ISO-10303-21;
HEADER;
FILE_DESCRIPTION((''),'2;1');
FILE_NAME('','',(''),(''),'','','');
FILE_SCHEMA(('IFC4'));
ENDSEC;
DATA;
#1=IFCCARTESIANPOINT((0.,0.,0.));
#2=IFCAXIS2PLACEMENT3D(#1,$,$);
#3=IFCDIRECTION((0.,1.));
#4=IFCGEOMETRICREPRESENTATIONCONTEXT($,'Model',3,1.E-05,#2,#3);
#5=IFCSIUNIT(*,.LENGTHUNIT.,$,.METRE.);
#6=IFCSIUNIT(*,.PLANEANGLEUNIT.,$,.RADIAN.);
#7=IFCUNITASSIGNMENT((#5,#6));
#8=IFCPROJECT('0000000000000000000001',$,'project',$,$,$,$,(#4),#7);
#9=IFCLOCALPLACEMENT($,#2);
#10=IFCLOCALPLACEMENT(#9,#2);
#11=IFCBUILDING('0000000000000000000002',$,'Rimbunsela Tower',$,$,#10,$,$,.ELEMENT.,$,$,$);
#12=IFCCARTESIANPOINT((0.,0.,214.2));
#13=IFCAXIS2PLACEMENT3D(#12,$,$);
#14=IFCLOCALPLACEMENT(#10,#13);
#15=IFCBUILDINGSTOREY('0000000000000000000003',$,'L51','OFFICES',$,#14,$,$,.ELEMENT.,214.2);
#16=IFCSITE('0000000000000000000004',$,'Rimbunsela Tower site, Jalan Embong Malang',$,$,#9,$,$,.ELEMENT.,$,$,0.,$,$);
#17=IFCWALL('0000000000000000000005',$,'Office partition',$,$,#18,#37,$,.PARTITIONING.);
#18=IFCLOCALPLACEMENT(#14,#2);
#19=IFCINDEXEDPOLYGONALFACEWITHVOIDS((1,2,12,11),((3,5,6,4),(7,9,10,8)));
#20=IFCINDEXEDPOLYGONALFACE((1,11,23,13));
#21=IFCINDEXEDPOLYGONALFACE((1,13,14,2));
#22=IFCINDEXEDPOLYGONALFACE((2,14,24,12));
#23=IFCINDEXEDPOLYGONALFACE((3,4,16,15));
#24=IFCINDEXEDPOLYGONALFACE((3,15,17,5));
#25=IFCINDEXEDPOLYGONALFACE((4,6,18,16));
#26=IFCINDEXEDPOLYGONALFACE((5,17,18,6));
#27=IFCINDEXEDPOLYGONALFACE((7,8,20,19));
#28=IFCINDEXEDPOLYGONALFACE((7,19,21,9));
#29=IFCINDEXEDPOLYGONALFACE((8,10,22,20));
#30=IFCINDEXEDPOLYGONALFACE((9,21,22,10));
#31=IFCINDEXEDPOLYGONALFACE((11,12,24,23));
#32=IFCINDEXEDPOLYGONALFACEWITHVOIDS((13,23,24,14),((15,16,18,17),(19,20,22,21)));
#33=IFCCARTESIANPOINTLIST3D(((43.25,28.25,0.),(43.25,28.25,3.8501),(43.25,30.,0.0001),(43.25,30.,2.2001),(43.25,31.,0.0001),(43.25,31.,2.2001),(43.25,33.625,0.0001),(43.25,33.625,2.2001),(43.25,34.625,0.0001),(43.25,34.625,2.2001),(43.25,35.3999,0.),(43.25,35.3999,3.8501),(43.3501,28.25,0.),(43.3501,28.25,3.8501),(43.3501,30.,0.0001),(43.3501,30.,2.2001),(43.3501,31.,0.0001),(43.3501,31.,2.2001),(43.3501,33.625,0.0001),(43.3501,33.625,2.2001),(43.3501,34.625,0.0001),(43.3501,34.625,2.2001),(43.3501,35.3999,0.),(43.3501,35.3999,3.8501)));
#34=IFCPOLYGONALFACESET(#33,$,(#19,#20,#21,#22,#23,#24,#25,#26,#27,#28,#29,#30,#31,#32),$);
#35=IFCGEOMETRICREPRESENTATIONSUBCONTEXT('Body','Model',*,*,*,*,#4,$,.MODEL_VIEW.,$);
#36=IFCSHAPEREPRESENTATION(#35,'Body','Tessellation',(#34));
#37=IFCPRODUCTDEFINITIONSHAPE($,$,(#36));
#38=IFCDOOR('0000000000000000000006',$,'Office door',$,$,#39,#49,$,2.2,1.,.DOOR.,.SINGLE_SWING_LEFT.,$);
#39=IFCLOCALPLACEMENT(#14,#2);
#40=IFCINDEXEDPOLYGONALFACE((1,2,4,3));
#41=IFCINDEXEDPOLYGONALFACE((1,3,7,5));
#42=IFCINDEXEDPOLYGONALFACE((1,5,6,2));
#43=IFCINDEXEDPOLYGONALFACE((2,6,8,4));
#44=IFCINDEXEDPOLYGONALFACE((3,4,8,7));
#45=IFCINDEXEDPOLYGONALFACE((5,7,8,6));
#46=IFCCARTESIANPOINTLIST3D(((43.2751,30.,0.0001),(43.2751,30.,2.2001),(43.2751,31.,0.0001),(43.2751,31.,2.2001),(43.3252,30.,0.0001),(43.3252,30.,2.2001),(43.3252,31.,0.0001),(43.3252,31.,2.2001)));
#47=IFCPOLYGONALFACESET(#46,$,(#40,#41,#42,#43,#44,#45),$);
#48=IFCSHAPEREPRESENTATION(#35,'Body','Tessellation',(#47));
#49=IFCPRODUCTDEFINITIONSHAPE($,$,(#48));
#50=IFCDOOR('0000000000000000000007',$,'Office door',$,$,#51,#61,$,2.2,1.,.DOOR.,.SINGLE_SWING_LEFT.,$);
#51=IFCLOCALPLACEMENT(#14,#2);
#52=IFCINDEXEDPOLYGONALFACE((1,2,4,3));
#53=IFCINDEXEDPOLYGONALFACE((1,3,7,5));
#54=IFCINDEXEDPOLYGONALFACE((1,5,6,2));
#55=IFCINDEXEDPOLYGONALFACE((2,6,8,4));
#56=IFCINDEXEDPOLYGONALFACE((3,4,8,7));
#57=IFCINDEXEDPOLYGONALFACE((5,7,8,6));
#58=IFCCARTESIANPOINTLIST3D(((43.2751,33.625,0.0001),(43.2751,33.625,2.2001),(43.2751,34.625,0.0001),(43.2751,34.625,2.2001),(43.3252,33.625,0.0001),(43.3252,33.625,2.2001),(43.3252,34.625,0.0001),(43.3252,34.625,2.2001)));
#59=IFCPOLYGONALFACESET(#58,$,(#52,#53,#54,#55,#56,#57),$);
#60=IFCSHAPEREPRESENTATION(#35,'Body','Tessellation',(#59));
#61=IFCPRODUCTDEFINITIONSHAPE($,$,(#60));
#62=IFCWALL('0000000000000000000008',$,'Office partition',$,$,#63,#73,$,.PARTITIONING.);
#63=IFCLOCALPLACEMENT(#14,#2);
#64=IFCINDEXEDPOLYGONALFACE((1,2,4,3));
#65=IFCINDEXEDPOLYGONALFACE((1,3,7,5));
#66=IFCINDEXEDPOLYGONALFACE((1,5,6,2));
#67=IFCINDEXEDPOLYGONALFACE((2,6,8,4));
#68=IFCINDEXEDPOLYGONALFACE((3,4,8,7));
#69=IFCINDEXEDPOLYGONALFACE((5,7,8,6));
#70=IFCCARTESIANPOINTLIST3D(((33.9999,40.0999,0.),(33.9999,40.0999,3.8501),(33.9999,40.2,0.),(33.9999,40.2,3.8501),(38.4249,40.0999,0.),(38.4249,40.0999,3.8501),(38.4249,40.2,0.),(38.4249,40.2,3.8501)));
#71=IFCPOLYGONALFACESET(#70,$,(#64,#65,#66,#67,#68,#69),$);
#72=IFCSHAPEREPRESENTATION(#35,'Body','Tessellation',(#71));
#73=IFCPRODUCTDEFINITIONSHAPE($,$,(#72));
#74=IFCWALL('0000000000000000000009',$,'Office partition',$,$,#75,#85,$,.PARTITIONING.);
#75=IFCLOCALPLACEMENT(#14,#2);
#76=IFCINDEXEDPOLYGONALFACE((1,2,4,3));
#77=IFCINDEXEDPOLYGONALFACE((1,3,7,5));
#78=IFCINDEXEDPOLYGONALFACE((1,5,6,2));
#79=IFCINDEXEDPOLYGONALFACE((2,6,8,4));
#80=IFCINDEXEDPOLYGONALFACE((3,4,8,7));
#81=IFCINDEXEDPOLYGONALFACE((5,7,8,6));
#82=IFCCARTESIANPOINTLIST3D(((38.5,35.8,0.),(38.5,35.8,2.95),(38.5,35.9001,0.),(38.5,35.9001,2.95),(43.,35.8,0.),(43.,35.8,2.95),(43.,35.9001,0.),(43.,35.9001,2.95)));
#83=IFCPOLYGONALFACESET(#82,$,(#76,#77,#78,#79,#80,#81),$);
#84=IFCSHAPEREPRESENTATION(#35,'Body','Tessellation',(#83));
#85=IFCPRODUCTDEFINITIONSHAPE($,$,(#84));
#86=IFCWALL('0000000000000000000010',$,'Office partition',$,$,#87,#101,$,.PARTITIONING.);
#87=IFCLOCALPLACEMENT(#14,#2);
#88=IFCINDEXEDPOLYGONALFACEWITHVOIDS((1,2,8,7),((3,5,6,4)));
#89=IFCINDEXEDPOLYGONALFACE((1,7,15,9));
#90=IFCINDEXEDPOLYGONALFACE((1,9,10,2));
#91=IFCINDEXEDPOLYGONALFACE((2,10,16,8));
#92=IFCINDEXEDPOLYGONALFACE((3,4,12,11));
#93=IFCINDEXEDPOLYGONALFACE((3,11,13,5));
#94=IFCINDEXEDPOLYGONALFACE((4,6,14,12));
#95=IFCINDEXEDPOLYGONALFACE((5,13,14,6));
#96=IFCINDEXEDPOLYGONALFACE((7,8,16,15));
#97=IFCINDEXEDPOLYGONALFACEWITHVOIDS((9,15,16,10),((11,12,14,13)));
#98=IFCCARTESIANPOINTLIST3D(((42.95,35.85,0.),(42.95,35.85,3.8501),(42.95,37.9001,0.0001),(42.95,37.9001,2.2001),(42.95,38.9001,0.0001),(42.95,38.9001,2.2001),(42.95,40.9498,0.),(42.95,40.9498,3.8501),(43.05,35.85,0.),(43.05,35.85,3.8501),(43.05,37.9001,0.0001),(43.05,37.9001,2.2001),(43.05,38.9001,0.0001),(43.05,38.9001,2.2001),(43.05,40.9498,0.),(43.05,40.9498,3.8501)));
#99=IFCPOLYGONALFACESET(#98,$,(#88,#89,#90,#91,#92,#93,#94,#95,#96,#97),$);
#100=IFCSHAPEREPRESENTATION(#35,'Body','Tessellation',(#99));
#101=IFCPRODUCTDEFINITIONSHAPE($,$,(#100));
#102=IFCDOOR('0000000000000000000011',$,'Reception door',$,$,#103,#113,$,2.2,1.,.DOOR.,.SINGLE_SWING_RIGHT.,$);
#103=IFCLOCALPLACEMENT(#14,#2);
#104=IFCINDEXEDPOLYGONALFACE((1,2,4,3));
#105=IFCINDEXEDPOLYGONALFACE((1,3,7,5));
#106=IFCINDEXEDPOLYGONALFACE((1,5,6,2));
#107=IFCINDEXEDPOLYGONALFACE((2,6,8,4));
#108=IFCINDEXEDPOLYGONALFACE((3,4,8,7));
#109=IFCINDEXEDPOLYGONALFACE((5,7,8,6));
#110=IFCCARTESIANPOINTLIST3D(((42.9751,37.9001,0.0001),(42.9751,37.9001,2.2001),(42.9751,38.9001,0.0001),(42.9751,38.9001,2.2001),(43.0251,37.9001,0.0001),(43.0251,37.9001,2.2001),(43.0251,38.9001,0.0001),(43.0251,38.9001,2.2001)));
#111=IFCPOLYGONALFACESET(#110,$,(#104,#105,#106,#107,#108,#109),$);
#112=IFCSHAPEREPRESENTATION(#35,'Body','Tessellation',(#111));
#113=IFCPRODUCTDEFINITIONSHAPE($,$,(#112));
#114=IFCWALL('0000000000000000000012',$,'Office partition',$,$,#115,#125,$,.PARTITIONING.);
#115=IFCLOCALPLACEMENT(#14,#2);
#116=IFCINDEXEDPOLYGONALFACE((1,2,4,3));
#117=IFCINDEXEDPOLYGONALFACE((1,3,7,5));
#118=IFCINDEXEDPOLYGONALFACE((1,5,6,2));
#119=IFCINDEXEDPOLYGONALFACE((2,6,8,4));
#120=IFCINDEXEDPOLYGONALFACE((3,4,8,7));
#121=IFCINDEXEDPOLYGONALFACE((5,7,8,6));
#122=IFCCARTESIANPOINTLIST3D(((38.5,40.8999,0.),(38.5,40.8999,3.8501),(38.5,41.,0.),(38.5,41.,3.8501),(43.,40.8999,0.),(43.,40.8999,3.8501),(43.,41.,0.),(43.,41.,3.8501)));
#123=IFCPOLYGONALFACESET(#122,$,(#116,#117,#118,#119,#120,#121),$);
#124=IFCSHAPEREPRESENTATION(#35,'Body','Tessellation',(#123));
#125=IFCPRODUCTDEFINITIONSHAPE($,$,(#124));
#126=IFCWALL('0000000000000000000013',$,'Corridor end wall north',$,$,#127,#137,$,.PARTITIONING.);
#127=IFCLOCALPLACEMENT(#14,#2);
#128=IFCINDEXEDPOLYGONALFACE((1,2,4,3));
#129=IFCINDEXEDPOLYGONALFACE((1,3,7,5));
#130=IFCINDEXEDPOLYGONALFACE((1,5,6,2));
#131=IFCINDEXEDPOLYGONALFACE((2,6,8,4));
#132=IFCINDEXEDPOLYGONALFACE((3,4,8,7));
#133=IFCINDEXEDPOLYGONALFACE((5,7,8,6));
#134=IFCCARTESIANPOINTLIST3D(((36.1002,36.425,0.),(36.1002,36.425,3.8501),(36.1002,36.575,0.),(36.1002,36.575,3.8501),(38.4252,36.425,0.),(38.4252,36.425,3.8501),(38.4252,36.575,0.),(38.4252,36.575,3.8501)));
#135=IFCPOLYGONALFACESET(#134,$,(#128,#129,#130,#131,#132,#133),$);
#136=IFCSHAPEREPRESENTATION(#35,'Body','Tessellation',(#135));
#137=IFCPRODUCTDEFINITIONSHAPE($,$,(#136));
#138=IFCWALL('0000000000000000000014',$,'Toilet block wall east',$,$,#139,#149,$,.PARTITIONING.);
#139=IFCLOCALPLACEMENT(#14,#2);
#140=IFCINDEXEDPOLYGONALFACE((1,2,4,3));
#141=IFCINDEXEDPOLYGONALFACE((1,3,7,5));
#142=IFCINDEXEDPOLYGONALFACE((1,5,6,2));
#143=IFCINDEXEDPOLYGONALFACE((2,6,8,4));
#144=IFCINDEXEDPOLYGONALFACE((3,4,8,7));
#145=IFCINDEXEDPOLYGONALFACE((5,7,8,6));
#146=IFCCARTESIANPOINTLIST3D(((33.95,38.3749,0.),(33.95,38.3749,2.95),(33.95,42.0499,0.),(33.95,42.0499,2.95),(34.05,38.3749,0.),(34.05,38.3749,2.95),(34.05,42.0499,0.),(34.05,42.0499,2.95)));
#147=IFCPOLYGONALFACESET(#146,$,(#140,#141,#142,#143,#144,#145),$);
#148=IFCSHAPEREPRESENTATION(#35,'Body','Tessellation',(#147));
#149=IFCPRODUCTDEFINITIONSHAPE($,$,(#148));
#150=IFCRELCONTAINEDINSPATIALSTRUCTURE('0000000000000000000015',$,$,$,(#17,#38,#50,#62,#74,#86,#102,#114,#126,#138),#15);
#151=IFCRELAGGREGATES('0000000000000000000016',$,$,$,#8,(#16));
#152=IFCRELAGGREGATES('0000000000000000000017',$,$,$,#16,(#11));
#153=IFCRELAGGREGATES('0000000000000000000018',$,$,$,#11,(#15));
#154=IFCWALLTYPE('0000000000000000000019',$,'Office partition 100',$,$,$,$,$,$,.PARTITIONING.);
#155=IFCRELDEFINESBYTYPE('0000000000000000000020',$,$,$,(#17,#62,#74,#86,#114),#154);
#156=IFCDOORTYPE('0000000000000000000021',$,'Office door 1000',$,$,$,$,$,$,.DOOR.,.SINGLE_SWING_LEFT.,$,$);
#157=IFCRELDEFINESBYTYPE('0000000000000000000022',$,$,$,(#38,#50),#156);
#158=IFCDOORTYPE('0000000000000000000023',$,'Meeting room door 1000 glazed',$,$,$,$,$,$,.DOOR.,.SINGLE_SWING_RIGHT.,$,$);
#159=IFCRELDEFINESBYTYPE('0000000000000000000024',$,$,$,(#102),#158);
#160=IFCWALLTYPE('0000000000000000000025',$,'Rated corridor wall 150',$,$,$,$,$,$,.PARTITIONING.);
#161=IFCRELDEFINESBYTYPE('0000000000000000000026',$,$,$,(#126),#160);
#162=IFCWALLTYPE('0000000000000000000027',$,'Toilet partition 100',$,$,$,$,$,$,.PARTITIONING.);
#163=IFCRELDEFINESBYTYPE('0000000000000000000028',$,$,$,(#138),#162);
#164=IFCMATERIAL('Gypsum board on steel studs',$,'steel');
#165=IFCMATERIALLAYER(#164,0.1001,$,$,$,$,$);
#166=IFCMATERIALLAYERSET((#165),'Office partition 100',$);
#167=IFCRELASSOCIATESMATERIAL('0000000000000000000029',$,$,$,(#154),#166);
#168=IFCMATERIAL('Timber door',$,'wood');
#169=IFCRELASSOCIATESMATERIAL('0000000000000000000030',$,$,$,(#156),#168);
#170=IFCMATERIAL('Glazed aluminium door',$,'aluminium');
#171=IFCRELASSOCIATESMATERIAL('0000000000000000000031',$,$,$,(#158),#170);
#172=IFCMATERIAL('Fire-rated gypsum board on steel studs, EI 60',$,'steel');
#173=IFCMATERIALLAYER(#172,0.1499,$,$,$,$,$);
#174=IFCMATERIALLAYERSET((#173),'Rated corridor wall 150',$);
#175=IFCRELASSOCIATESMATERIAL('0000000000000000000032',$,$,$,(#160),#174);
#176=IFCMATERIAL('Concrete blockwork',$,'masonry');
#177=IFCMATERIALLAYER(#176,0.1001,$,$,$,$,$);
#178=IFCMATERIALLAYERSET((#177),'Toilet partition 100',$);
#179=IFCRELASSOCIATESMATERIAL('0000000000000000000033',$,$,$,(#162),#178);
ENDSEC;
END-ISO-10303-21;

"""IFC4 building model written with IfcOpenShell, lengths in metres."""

from ifc_helpers import new_model, si_unit, direction, frame, frame_2d, origin, place, context, subcontext, project, spatial, rectangle, extrude, material, layer, layer_set, type_object, element, fill, save


model = new_model("IFC4")

# Units and contexts
model_context = context("Model", 3, precision=1e-05, world=origin(), true_north=direction((0.0, 1.0)))
body_context = subcontext(model_context, "Body", "Model", "MODEL_VIEW")
ifc_project = project(units=[si_unit("LENGTHUNIT", "METRE"), si_unit("PLANEANGLEUNIT", "RADIAN")], contexts=[model_context])

# Site, building, storey
site_placement = place(None, origin())
site = spatial("IfcSite", under=ifc_project, at=site_placement, Name="Rimbunsela Tower site, Jalan Embong Malang", CompositionType="ELEMENT", RefElevation=0.0)
building_placement = place(site_placement, origin())
building = spatial("IfcBuilding", under=site, at=building_placement, Name="Rimbunsela Tower", CompositionType="ELEMENT")
storey_placement = place(building_placement, frame((0.0, 0.0, 214.2)))
storey = spatial("IfcBuildingStorey", under=building, at=storey_placement, Name="L51", Description="OFFICES", CompositionType="ELEMENT", Elevation=214.2)

# Shared definitions
ifc_material_1 = material(Name="Gypsum board on steel studs", Category="steel")
ifc_layer_1 = layer(ifc_material_1, 0.1001)
ifc_layer_set_1 = layer_set([ifc_layer_1], Name="Office partition 100")
wall_type_1 = type_object("IfcWallType", Name="Office partition 100", PredefinedType="PARTITIONING", material=ifc_layer_set_1)

# Wall, openings, doors
wall_1_placement = place(storey_placement, frame((43.3, 28.25, 0.0), z_axis=(0.0, 0.0, 1.0), x_axis=(0.0, 1.0, 0.0)))
wall_1 = element("IfcWall", 1, at=wall_1_placement, inside=storey, type_object=wall_type_1, Name="Office partition", PredefinedType="PARTITIONING", context=body_context, shape_type="SweptSolid", body=[
    extrude(rectangle(XDim=7.1499, YDim=0.1001, at=frame_2d((3.575, 0.0))), origin(), (0.0, 0.0, 1.0), 3.8501),
])
opening_1_placement = place(wall_1_placement, frame((1.75, 0.0, 0.0)))
opening_1 = element("IfcOpeningElement", 2, at=opening_1_placement, cuts=wall_1, PredefinedType="OPENING", context=body_context, shape_type="SweptSolid", body=[
    extrude(rectangle(XDim=1.0, YDim=2.2, at=frame_2d((0.5, 1.1001))), frame((0.0, 0.0601, 0.0), z_axis=(0.0, -1.0, 0.0), x_axis=(1.0, 0.0, 0.0)), (0.0, 0.0, 1.0), 0.1201),
])
opening_2_placement = place(wall_1_placement, frame((5.375, 0.0, 0.0)))
opening_2 = element("IfcOpeningElement", 3, at=opening_2_placement, cuts=wall_1, PredefinedType="OPENING", context=body_context, shape_type="SweptSolid", body=[
    extrude(rectangle(XDim=1.0, YDim=2.2, at=frame_2d((0.5, 1.1001))), frame((0.0, 0.0601, 0.0), z_axis=(0.0, -1.0, 0.0), x_axis=(1.0, 0.0, 0.0)), (0.0, 0.0, 1.0), 0.1201),
])
ifc_material_2 = material(Name="Timber door", Category="wood")
door_type_1 = type_object("IfcDoorType", Name="Office door 1000", OperationType="SINGLE_SWING_LEFT", PredefinedType="DOOR", material=ifc_material_2)
door_1_placement = place(opening_1_placement, origin())
door_1 = element("IfcDoor", 4, at=door_1_placement, inside=storey, type_object=door_type_1, Name="Office door", OperationType="SINGLE_SWING_LEFT", OverallHeight=2.2, OverallWidth=1.0, PredefinedType="DOOR", context=body_context, shape_type="SweptSolid", body=[
    extrude(rectangle(XDim=1.0, YDim=2.2, at=frame_2d((0.5, 1.1001))), frame((0.0, 0.0249, 0.0), z_axis=(0.0, -1.0, 0.0), x_axis=(1.0, 0.0, 0.0)), (0.0, 0.0, 1.0), 0.05),
])
fill(opening_1, door_1)
door_2_placement = place(opening_2_placement, origin())
door_2 = element("IfcDoor", 5, at=door_2_placement, inside=storey, type_object=door_type_1, Name="Office door", OperationType="SINGLE_SWING_LEFT", OverallHeight=2.2, OverallWidth=1.0, PredefinedType="DOOR", context=body_context, shape_type="SweptSolid", body=[
    extrude(rectangle(XDim=1.0, YDim=2.2, at=frame_2d((0.5, 1.1001))), frame((0.0, 0.0249, 0.0), z_axis=(0.0, -1.0, 0.0), x_axis=(1.0, 0.0, 0.0)), (0.0, 0.0, 1.0), 0.05),
])
fill(opening_2, door_2)

# Walls
wall_2_placement = place(storey_placement, frame((34.0, 40.1499, 0.0), z_axis=(0.0, 0.0, 1.0), x_axis=(1.0, 0.0, 0.0)))
element("IfcWall", 6, at=wall_2_placement, inside=storey, type_object=wall_type_1, Name="Office partition", PredefinedType="PARTITIONING", context=body_context, shape_type="SweptSolid", body=[
    extrude(rectangle(XDim=4.425, YDim=0.1001, at=frame_2d((2.2124, 0.0))), origin(), (0.0, 0.0, 1.0), 3.8501),
])
wall_3_placement = place(storey_placement, frame((38.5, 35.8501, 0.0), z_axis=(0.0, 0.0, 1.0), x_axis=(1.0, 0.0, 0.0)))
element("IfcWall", 7, at=wall_3_placement, inside=storey, type_object=wall_type_1, Name="Office partition", PredefinedType="PARTITIONING", context=body_context, shape_type="SweptSolid", body=[
    extrude(rectangle(XDim=4.5, YDim=0.1001, at=frame_2d((2.25, 0.0))), origin(), (0.0, 0.0, 1.0), 2.95),
])

# Wall, opening, door
wall_4_placement = place(storey_placement, frame((43.0, 35.8501, 0.0), z_axis=(0.0, 0.0, 1.0), x_axis=(0.0, 1.0, 0.0)))
wall_4 = element("IfcWall", 8, at=wall_4_placement, inside=storey, type_object=wall_type_1, Name="Office partition", PredefinedType="PARTITIONING", context=body_context, shape_type="SweptSolid", body=[
    extrude(rectangle(XDim=5.0999, YDim=0.1001, at=frame_2d((2.5498, 0.0))), origin(), (0.0, 0.0, 1.0), 3.8501),
])
opening_3_placement = place(wall_4_placement, frame((2.05, 0.0, 0.0)))
opening_3 = element("IfcOpeningElement", 9, at=opening_3_placement, cuts=wall_4, PredefinedType="OPENING", context=body_context, shape_type="SweptSolid", body=[
    extrude(rectangle(XDim=1.0, YDim=2.2, at=frame_2d((0.5, 1.1001))), frame((0.0, 0.0601, 0.0), z_axis=(0.0, -1.0, 0.0), x_axis=(1.0, 0.0, 0.0)), (0.0, 0.0, 1.0), 0.1201),
])
ifc_material_3 = material(Name="Glazed aluminium door", Category="aluminium")
door_type_2 = type_object("IfcDoorType", Name="Meeting room door 1000 glazed", OperationType="SINGLE_SWING_RIGHT", PredefinedType="DOOR", material=ifc_material_3)
door_3_placement = place(opening_3_placement, origin())
door_3 = element("IfcDoor", 10, at=door_3_placement, inside=storey, type_object=door_type_2, Name="Reception door", OperationType="SINGLE_SWING_RIGHT", OverallHeight=2.2, OverallWidth=1.0, PredefinedType="DOOR", context=body_context, shape_type="SweptSolid", body=[
    extrude(rectangle(XDim=1.0, YDim=2.2, at=frame_2d((0.5, 1.1001))), frame((0.0, 0.0249, 0.0), z_axis=(0.0, -1.0, 0.0), x_axis=(1.0, 0.0, 0.0)), (0.0, 0.0, 1.0), 0.05),
])
fill(opening_3, door_3)

# Walls
wall_5_placement = place(storey_placement, frame((43.0, 40.95, 0.0), z_axis=(0.0, 0.0, 1.0), x_axis=(-1.0, 0.0, 0.0)))
element("IfcWall", 11, at=wall_5_placement, inside=storey, type_object=wall_type_1, Name="Office partition", PredefinedType="PARTITIONING", context=body_context, shape_type="SweptSolid", body=[
    extrude(rectangle(XDim=4.5, YDim=0.1001, at=frame_2d((2.25, 0.0))), origin(), (0.0, 0.0, 1.0), 3.8501),
])
ifc_material_4 = material(Name="Fire-rated gypsum board on steel studs, EI 60", Category="steel")
ifc_layer_2 = layer(ifc_material_4, 0.1499)
ifc_layer_set_2 = layer_set([ifc_layer_2], Name="Rated corridor wall 150")
wall_type_2 = type_object("IfcWallType", Name="Rated corridor wall 150", PredefinedType="PARTITIONING", material=ifc_layer_set_2)
wall_6_placement = place(storey_placement, frame((36.1001, 36.5, 0.0), z_axis=(0.0, 0.0, 1.0), x_axis=(1.0, 0.0, 0.0)))
element("IfcWall", 12, at=wall_6_placement, inside=storey, type_object=wall_type_2, Name="Corridor end wall north", PredefinedType="PARTITIONING", context=body_context, shape_type="SweptSolid", body=[
    extrude(rectangle(XDim=2.325, YDim=0.1499, at=frame_2d((1.1626, 0.0))), origin(), (0.0, 0.0, 1.0), 3.8501),
])
ifc_material_5 = material(Name="Concrete blockwork", Category="masonry")
ifc_layer_3 = layer(ifc_material_5, 0.1001)
ifc_layer_set_3 = layer_set([ifc_layer_3], Name="Toilet partition 100")
wall_type_3 = type_object("IfcWallType", Name="Toilet partition 100", PredefinedType="PARTITIONING", material=ifc_layer_set_3)
wall_7_placement = place(storey_placement, frame((34.0, 38.375, 0.0), z_axis=(0.0, 0.0, 1.0), x_axis=(0.0, 1.0, 0.0)))
element("IfcWall", 13, at=wall_7_placement, inside=storey, type_object=wall_type_3, Name="Toilet block wall east", PredefinedType="PARTITIONING", context=body_context, shape_type="SweptSolid", body=[
    extrude(rectangle(XDim=3.675, YDim=0.1001, at=frame_2d((1.8374, 0.0))), origin(), (0.0, 0.0, 1.0), 2.95),
])

save(model, "model.ifc")
